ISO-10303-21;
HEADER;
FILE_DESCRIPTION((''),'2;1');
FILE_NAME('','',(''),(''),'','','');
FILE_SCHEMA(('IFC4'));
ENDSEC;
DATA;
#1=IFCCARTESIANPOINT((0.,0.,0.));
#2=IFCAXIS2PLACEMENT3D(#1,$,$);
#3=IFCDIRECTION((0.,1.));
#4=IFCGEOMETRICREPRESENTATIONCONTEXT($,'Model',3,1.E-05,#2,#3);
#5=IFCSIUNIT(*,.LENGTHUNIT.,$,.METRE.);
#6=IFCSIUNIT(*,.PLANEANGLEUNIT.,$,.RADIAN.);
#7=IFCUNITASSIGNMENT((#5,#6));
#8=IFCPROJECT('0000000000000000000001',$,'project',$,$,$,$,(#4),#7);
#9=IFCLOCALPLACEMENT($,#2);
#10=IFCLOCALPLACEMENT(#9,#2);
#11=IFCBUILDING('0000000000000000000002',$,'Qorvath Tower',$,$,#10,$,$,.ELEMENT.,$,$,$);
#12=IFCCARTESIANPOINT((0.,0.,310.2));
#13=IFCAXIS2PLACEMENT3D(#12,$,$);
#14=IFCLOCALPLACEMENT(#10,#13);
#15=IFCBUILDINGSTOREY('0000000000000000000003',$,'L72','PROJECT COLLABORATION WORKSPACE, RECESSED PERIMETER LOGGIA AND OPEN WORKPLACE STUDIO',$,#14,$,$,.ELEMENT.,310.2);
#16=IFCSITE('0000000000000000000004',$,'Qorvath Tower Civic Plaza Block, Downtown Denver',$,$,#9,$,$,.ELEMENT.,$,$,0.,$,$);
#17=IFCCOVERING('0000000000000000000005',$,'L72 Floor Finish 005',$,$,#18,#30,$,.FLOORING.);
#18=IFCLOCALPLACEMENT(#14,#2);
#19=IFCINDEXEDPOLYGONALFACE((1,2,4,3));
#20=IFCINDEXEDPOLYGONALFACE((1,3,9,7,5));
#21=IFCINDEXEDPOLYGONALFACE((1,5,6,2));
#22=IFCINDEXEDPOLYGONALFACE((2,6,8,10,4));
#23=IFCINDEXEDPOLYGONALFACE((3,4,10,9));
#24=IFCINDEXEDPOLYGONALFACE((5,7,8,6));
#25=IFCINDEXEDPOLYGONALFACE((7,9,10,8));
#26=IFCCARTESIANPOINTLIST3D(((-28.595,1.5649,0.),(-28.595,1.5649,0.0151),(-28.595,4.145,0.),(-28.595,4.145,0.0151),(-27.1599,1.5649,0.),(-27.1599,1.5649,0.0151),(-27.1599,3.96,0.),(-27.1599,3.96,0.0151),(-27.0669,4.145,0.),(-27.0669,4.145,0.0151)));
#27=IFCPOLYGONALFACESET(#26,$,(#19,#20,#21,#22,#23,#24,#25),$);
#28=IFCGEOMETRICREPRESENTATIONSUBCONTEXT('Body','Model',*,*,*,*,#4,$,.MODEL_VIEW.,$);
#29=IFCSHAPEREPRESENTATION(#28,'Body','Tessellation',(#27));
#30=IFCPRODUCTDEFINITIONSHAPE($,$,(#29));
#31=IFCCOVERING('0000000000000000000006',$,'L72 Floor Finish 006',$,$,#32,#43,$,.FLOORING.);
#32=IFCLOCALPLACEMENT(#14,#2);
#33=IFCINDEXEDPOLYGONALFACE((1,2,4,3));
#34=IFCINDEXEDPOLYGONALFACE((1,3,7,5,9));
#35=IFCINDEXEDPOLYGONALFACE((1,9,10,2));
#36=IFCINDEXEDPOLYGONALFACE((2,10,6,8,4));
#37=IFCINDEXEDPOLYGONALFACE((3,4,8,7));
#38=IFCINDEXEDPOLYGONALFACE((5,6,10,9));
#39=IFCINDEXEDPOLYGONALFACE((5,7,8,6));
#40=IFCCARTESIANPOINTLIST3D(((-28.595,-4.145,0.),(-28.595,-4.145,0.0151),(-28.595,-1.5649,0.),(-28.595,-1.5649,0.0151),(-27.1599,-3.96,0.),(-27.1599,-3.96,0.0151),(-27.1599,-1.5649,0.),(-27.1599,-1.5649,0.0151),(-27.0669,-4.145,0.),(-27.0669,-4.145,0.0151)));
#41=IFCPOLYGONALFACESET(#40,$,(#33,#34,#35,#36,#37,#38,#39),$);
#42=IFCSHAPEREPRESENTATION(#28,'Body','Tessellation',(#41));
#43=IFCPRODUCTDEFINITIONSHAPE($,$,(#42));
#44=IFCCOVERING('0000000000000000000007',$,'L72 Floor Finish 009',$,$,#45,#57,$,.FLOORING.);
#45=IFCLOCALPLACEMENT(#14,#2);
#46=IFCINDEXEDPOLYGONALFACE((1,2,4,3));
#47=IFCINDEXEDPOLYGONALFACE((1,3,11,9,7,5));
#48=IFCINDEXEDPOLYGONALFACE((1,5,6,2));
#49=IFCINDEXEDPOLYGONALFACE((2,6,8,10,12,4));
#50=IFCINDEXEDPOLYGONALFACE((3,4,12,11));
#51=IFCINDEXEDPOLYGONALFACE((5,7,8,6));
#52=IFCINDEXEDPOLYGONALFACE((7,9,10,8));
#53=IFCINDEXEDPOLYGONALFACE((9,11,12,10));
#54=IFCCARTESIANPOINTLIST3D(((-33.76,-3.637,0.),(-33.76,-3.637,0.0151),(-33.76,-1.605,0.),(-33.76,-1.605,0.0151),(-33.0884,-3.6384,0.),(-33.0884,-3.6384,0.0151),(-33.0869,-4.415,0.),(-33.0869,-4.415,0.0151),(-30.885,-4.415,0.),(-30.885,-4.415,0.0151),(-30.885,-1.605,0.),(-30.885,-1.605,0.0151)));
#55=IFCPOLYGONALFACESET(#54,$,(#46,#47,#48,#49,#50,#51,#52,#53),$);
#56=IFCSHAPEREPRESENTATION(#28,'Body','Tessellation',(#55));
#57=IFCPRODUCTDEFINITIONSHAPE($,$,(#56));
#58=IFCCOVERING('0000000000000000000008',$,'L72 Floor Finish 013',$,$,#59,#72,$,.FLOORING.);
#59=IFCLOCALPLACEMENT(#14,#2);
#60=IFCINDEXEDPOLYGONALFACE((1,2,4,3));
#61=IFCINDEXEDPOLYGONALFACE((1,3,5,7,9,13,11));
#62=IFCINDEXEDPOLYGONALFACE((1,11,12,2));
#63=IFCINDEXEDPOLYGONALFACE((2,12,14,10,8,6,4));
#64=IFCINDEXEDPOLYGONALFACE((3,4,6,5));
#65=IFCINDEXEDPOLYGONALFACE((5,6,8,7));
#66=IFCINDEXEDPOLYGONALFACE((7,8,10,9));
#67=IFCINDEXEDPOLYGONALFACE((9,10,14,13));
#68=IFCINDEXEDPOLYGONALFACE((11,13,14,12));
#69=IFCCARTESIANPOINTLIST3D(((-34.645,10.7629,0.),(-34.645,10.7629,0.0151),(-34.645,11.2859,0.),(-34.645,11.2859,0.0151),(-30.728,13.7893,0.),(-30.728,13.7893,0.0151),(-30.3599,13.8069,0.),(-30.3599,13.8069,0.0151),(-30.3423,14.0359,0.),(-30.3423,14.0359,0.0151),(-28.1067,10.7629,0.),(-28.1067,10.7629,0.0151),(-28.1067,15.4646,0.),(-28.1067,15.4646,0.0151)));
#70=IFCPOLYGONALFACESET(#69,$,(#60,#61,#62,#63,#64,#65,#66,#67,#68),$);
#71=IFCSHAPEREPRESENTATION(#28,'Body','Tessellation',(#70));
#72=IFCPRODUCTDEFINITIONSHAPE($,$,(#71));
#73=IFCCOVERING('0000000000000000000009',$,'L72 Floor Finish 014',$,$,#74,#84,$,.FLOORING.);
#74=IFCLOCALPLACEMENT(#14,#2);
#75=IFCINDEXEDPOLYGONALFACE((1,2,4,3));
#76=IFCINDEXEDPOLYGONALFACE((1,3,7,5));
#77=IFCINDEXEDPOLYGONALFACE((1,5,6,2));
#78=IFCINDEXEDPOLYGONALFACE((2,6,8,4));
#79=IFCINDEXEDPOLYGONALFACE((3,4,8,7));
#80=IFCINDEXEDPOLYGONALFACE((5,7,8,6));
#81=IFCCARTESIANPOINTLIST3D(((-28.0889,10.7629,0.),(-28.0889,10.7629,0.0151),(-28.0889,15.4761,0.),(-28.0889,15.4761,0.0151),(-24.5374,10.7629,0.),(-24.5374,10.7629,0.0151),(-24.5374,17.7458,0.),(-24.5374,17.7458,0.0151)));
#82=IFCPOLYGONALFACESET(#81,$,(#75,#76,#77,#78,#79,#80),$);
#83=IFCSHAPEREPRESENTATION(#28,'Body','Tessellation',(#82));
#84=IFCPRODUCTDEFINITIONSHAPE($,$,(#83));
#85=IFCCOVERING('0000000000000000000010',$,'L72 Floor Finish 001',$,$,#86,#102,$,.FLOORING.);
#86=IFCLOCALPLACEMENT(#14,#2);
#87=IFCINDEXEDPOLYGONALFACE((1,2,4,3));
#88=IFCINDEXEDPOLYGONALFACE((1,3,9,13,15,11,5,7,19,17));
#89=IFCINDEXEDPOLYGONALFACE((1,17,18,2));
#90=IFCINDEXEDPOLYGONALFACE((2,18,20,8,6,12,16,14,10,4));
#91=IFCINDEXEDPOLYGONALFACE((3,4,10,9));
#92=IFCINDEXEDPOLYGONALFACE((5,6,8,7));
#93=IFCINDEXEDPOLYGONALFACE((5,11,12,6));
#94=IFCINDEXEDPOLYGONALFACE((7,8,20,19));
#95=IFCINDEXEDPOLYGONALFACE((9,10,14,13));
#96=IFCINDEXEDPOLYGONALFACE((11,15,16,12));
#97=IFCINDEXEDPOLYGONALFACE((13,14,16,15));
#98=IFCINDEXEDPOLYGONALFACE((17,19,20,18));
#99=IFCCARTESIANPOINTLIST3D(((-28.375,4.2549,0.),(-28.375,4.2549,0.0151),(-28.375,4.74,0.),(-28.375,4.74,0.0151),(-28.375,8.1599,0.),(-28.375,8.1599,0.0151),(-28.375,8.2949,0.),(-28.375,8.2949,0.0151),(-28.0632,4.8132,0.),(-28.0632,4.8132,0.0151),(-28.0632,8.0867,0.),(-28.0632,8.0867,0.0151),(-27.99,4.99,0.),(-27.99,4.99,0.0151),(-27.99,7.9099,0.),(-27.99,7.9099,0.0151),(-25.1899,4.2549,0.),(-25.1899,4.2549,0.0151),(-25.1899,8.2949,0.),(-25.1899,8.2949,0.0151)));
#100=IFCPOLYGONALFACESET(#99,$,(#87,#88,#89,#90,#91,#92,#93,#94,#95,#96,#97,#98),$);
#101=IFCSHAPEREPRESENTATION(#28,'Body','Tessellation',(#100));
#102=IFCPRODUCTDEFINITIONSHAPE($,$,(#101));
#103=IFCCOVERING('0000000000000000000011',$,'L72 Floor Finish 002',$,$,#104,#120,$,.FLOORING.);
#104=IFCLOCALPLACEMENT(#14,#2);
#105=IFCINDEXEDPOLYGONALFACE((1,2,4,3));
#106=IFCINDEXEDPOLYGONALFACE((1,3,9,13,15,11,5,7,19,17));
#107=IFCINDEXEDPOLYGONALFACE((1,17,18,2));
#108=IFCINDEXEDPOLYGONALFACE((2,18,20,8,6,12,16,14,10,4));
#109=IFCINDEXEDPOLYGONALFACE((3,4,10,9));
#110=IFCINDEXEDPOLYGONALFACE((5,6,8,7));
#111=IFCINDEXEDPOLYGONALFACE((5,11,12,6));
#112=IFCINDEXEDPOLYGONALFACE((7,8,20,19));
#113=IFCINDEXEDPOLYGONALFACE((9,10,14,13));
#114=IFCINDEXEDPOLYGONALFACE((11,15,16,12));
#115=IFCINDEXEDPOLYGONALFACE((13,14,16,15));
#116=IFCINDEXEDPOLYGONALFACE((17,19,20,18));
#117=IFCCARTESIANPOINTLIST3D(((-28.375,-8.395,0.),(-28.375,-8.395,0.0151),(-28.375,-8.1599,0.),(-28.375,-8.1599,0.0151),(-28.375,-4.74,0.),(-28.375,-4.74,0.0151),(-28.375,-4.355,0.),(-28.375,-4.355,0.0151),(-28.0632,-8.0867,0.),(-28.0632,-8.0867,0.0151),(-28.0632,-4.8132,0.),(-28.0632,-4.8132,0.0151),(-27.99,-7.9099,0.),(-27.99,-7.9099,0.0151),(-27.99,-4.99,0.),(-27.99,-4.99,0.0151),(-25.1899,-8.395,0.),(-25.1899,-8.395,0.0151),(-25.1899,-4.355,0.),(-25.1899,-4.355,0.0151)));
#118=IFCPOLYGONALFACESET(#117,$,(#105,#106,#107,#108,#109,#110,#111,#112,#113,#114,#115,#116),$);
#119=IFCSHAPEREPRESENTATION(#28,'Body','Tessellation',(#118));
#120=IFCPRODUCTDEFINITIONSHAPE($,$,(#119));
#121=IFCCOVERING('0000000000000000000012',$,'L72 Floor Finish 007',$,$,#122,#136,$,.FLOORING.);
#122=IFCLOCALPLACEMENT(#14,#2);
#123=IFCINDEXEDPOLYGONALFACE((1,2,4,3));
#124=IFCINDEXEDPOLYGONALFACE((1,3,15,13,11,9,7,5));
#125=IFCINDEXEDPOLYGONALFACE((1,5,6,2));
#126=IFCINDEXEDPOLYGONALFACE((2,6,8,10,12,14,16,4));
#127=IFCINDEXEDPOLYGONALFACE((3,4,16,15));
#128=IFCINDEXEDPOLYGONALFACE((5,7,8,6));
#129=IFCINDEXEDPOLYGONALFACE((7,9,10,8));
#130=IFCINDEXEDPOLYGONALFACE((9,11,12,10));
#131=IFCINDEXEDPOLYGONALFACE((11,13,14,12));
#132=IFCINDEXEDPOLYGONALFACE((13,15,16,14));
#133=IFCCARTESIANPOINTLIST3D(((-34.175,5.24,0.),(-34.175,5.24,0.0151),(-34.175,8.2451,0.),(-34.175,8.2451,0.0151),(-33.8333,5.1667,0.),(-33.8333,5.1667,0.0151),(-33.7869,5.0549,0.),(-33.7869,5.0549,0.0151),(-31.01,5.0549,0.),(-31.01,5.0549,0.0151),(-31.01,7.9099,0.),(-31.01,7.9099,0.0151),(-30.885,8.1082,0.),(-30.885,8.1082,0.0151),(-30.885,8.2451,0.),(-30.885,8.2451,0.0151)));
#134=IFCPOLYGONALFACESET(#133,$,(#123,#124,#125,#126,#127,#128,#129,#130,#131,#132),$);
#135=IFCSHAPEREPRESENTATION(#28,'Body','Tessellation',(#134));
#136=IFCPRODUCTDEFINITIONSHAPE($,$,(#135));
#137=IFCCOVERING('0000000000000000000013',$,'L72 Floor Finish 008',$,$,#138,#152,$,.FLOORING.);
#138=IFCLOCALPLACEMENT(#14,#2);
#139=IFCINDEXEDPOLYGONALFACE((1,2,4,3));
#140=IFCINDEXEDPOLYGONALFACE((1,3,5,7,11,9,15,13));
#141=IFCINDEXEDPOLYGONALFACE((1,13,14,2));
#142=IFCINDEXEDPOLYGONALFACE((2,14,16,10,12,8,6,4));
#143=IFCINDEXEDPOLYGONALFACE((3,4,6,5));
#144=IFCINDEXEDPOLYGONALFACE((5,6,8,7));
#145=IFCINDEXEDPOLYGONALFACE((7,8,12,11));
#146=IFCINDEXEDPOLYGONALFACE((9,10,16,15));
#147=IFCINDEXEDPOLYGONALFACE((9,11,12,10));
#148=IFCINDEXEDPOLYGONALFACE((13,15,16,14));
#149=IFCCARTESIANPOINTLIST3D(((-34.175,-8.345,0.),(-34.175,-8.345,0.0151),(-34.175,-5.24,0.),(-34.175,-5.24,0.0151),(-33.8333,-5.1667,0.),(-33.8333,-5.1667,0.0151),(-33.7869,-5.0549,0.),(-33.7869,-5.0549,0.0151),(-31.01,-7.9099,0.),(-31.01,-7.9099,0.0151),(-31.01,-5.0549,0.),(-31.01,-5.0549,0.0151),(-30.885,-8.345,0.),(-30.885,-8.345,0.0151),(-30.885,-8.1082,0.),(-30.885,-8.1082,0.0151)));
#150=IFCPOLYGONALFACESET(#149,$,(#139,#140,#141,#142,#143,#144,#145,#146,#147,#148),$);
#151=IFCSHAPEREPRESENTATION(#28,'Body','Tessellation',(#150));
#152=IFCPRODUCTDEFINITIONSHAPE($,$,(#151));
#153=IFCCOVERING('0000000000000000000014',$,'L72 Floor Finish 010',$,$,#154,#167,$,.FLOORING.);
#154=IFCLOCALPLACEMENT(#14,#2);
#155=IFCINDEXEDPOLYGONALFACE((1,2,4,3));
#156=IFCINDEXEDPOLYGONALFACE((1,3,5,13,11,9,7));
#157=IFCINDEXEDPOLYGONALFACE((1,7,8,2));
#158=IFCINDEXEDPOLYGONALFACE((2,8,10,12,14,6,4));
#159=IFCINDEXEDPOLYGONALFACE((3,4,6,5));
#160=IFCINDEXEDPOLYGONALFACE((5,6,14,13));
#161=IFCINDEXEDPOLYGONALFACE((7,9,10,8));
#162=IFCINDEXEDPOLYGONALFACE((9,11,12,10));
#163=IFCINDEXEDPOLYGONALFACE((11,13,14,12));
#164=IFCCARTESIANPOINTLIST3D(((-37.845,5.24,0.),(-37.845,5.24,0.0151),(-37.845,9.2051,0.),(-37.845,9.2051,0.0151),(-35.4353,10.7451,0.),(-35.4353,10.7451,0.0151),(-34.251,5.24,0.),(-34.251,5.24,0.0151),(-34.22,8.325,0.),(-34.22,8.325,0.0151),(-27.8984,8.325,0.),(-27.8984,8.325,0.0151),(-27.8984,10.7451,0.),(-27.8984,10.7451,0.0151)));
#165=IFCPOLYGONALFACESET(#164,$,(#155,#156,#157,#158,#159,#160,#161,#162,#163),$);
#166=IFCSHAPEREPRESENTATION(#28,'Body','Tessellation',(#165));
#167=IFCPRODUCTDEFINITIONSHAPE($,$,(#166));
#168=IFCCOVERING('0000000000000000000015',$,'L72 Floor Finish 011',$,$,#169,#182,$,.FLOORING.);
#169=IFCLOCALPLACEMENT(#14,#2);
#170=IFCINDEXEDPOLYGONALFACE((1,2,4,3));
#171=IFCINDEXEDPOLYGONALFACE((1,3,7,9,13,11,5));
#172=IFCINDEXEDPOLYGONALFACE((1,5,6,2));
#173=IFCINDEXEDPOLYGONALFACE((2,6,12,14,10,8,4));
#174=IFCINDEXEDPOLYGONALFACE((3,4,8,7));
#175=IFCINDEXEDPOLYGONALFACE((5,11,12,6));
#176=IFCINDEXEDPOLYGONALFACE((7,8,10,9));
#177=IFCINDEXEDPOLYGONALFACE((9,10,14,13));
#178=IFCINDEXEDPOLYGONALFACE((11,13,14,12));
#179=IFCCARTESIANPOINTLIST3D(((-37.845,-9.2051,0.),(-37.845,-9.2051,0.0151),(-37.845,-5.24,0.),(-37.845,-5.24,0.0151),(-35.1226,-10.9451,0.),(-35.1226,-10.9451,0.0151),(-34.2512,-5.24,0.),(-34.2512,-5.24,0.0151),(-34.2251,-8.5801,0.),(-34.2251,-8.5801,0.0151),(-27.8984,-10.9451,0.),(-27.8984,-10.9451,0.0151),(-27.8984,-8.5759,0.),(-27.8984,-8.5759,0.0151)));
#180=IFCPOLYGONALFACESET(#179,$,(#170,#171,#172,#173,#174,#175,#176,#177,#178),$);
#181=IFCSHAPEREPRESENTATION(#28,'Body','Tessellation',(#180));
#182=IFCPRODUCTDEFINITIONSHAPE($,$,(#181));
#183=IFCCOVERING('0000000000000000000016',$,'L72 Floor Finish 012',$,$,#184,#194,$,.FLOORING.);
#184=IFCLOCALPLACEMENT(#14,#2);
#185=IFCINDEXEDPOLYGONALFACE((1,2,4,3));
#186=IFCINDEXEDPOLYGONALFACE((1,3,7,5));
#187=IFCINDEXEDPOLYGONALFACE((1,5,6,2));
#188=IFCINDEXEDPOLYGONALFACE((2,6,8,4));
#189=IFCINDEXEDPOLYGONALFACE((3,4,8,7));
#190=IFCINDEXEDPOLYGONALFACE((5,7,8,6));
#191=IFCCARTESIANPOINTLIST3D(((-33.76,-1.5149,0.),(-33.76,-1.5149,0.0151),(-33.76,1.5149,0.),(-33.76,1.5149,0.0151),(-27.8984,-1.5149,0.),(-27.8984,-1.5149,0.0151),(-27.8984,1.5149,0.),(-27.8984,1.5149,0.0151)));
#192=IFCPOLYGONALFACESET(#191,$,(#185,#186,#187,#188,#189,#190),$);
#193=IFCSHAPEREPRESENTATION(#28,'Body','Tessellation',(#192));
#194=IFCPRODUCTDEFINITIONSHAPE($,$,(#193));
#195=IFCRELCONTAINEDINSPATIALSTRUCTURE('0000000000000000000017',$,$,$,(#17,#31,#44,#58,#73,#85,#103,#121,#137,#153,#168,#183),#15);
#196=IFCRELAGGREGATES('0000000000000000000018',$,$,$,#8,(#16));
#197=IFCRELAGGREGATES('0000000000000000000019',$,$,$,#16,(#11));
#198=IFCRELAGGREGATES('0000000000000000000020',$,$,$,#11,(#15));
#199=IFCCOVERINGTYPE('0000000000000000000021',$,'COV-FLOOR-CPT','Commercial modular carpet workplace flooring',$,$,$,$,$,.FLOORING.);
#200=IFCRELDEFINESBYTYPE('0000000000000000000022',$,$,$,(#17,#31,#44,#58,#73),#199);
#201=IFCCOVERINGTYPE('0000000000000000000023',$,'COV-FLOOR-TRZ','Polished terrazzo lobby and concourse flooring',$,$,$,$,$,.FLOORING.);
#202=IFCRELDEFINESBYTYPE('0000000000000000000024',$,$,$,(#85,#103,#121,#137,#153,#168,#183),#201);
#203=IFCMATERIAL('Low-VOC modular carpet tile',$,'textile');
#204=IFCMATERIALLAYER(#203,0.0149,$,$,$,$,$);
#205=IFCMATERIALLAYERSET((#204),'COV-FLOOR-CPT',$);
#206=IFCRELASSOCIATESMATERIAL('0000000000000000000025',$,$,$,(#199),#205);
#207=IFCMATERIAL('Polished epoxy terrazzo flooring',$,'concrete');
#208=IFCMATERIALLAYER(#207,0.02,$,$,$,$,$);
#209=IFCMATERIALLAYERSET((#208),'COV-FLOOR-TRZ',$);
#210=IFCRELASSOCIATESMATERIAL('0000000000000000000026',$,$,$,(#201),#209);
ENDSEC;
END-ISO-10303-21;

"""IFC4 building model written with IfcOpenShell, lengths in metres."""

from ifc_helpers import new_model, si_unit, direction, frame, origin, place, context, subcontext, project, spatial, polyline, outline, extrude, material, layer, layer_set, type_object, element, save


model = new_model("IFC4")

# Units and contexts
model_context = context("Model", 3, precision=1e-05, world=origin(), true_north=direction((0.0, 1.0)))
body_context = subcontext(model_context, "Body", "Model", "MODEL_VIEW")
ifc_project = project(units=[si_unit("LENGTHUNIT", "METRE"), si_unit("PLANEANGLEUNIT", "RADIAN")], contexts=[model_context])

# Site, building, storey
site_placement = place(None, origin())
site = spatial("IfcSite", under=ifc_project, at=site_placement, Name="Qorvath Tower Civic Plaza Block, Downtown Denver", CompositionType="ELEMENT", RefElevation=0.0)
building_placement = place(site_placement, origin())
building = spatial("IfcBuilding", under=site, at=building_placement, Name="Qorvath Tower", CompositionType="ELEMENT")
storey_placement = place(building_placement, frame((0.0, 0.0, 310.2)))
storey = spatial("IfcBuildingStorey", under=building, at=storey_placement, Name="L72", Description="PROJECT COLLABORATION WORKSPACE, RECESSED PERIMETER LOGGIA AND OPEN WORKPLACE STUDIO", CompositionType="ELEMENT", Elevation=310.2)

# Coverings
ifc_material_1 = material(Name="Low-VOC modular carpet tile", Category="textile")
ifc_layer_1 = layer(ifc_material_1, 0.0149)
ifc_layer_set_1 = layer_set([ifc_layer_1], Name="COV-FLOOR-CPT")
covering_type_1 = type_object("IfcCoveringType", Name="COV-FLOOR-CPT", Description="Commercial modular carpet workplace flooring", PredefinedType="FLOORING", material=ifc_layer_set_1)
covering_1_placement = place(storey_placement, origin())
element("IfcCovering", 1, at=covering_1_placement, inside=storey, type_object=covering_type_1, Name="L72 Floor Finish 005", PredefinedType="FLOORING", context=body_context, shape_type="SweptSolid", body=[
    extrude(outline(polyline([(-27.1599, 1.5649), (-27.1599, 3.96), (-27.0669, 4.145), (-28.595, 4.145), (-28.595, 1.5649), (-27.1599, 1.5649)])), origin(), (0.0, 0.0, 1.0), 0.0151),
])
covering_2_placement = place(storey_placement, origin())
element("IfcCovering", 2, at=covering_2_placement, inside=storey, type_object=covering_type_1, Name="L72 Floor Finish 006", PredefinedType="FLOORING", context=body_context, shape_type="SweptSolid", body=[
    extrude(outline(polyline([(-27.0669, -4.145), (-27.1599, -3.96), (-27.1599, -1.5649), (-28.595, -1.5649), (-28.595, -4.145), (-27.0669, -4.145)])), origin(), (0.0, 0.0, 1.0), 0.0151),
])
covering_3_placement = place(storey_placement, origin())
element("IfcCovering", 3, at=covering_3_placement, inside=storey, type_object=covering_type_1, Name="L72 Floor Finish 009", PredefinedType="FLOORING", context=body_context, shape_type="SweptSolid", body=[
    extrude(outline(polyline([(-30.885, -4.415), (-30.885, -1.605), (-33.76, -1.605), (-33.76, -3.637), (-33.0884, -3.6384), (-33.0869, -4.415), (-30.885, -4.415)])), origin(), (0.0, 0.0, 1.0), 0.0151),
])
covering_4_placement = place(storey_placement, origin())
element("IfcCovering", 4, at=covering_4_placement, inside=storey, type_object=covering_type_1, Name="L72 Floor Finish 013", PredefinedType="FLOORING", context=body_context, shape_type="SweptSolid", body=[
    extrude(outline(polyline([(-28.1067, 15.4646), (-30.3423, 14.0359), (-30.3599, 13.8069), (-30.728, 13.7893), (-34.645, 11.2859), (-34.645, 10.7629), (-28.1067, 10.7629), (-28.1067, 15.4646)])), origin(), (0.0, 0.0, 1.0), 0.0151),
])
covering_5_placement = place(storey_placement, origin())
element("IfcCovering", 5, at=covering_5_placement, inside=storey, type_object=covering_type_1, Name="L72 Floor Finish 014", PredefinedType="FLOORING", context=body_context, shape_type="SweptSolid", body=[
    extrude(outline(polyline([(-28.0889, 15.4761), (-28.0889, 10.7629), (-24.5374, 10.7629), (-24.5374, 17.7458), (-28.0889, 15.4761)])), origin(), (0.0, 0.0, 1.0), 0.0151),
])
ifc_material_2 = material(Name="Polished epoxy terrazzo flooring", Category="concrete")
ifc_layer_2 = layer(ifc_material_2, 0.02)
ifc_layer_set_2 = layer_set([ifc_layer_2], Name="COV-FLOOR-TRZ")
covering_type_2 = type_object("IfcCoveringType", Name="COV-FLOOR-TRZ", Description="Polished terrazzo lobby and concourse flooring", PredefinedType="FLOORING", material=ifc_layer_set_2)
covering_6_placement = place(storey_placement, origin())
element("IfcCovering", 6, at=covering_6_placement, inside=storey, type_object=covering_type_2, Name="L72 Floor Finish 001", PredefinedType="FLOORING", context=body_context, shape_type="SweptSolid", body=[
    extrude(outline(polyline([(-25.1899, 4.2549), (-25.1899, 8.2949), (-28.375, 8.2949), (-28.375, 8.1599), (-28.0632, 8.0867), (-27.99, 7.9099), (-27.99, 4.99), (-28.0632, 4.8132), (-28.375, 4.74), (-28.375, 4.2549), (-25.1899, 4.2549)])), origin(), (0.0, 0.0, 1.0), 0.0151),
])
covering_7_placement = place(storey_placement, origin())
element("IfcCovering", 7, at=covering_7_placement, inside=storey, type_object=covering_type_2, Name="L72 Floor Finish 002", PredefinedType="FLOORING", context=body_context, shape_type="SweptSolid", body=[
    extrude(outline(polyline([(-25.1899, -8.395), (-25.1899, -4.355), (-28.375, -4.355), (-28.375, -4.74), (-28.0632, -4.8132), (-27.99, -4.99), (-27.99, -7.9099), (-28.0632, -8.0867), (-28.375, -8.1599), (-28.375, -8.395), (-25.1899, -8.395)])), origin(), (0.0, 0.0, 1.0), 0.0151),
])
covering_8_placement = place(storey_placement, origin())
element("IfcCovering", 8, at=covering_8_placement, inside=storey, type_object=covering_type_2, Name="L72 Floor Finish 007", PredefinedType="FLOORING", context=body_context, shape_type="SweptSolid", body=[
    extrude(outline(polyline([(-31.01, 5.0549), (-31.01, 7.9099), (-30.885, 8.1082), (-30.885, 8.2451), (-34.175, 8.2451), (-34.175, 5.24), (-33.8333, 5.1667), (-33.7869, 5.0549), (-31.01, 5.0549)])), origin(), (0.0, 0.0, 1.0), 0.0151),
])
covering_9_placement = place(storey_placement, origin())
element("IfcCovering", 9, at=covering_9_placement, inside=storey, type_object=covering_type_2, Name="L72 Floor Finish 008", PredefinedType="FLOORING", context=body_context, shape_type="SweptSolid", body=[
    extrude(outline(polyline([(-30.885, -8.1082), (-31.01, -7.9099), (-31.01, -5.0549), (-33.7869, -5.0549), (-33.8333, -5.1667), (-34.175, -5.24), (-34.175, -8.345), (-30.885, -8.345), (-30.885, -8.1082)])), origin(), (0.0, 0.0, 1.0), 0.0151),
])
covering_10_placement = place(storey_placement, origin())
element("IfcCovering", 10, at=covering_10_placement, inside=storey, type_object=covering_type_2, Name="L72 Floor Finish 010", PredefinedType="FLOORING", context=body_context, shape_type="SweptSolid", body=[
    extrude(outline(polyline([(-27.8984, 8.325), (-27.8984, 10.7451), (-35.4353, 10.7451), (-37.845, 9.2051), (-37.845, 5.24), (-34.251, 5.24), (-34.22, 8.325), (-27.8984, 8.325)])), origin(), (0.0, 0.0, 1.0), 0.0151),
])
covering_11_placement = place(storey_placement, origin())
element("IfcCovering", 11, at=covering_11_placement, inside=storey, type_object=covering_type_2, Name="L72 Floor Finish 011", PredefinedType="FLOORING", context=body_context, shape_type="SweptSolid", body=[
    extrude(outline(polyline([(-34.2251, -8.5801), (-34.2512, -5.24), (-37.845, -5.24), (-37.845, -9.2051), (-35.1226, -10.9451), (-27.8984, -10.9451), (-27.8984, -8.5759), (-34.2251, -8.5801)])), origin(), (0.0, 0.0, 1.0), 0.0151),
])
covering_12_placement = place(storey_placement, origin())
element("IfcCovering", 12, at=covering_12_placement, inside=storey, type_object=covering_type_2, Name="L72 Floor Finish 012", PredefinedType="FLOORING", context=body_context, shape_type="SweptSolid", body=[
    extrude(outline(polyline([(-27.8984, -1.5149), (-27.8984, 1.5149), (-33.76, 1.5149), (-33.76, -1.5149), (-27.8984, -1.5149)])), origin(), (0.0, 0.0, 1.0), 0.0151),
])

save(model, "model.ifc")
